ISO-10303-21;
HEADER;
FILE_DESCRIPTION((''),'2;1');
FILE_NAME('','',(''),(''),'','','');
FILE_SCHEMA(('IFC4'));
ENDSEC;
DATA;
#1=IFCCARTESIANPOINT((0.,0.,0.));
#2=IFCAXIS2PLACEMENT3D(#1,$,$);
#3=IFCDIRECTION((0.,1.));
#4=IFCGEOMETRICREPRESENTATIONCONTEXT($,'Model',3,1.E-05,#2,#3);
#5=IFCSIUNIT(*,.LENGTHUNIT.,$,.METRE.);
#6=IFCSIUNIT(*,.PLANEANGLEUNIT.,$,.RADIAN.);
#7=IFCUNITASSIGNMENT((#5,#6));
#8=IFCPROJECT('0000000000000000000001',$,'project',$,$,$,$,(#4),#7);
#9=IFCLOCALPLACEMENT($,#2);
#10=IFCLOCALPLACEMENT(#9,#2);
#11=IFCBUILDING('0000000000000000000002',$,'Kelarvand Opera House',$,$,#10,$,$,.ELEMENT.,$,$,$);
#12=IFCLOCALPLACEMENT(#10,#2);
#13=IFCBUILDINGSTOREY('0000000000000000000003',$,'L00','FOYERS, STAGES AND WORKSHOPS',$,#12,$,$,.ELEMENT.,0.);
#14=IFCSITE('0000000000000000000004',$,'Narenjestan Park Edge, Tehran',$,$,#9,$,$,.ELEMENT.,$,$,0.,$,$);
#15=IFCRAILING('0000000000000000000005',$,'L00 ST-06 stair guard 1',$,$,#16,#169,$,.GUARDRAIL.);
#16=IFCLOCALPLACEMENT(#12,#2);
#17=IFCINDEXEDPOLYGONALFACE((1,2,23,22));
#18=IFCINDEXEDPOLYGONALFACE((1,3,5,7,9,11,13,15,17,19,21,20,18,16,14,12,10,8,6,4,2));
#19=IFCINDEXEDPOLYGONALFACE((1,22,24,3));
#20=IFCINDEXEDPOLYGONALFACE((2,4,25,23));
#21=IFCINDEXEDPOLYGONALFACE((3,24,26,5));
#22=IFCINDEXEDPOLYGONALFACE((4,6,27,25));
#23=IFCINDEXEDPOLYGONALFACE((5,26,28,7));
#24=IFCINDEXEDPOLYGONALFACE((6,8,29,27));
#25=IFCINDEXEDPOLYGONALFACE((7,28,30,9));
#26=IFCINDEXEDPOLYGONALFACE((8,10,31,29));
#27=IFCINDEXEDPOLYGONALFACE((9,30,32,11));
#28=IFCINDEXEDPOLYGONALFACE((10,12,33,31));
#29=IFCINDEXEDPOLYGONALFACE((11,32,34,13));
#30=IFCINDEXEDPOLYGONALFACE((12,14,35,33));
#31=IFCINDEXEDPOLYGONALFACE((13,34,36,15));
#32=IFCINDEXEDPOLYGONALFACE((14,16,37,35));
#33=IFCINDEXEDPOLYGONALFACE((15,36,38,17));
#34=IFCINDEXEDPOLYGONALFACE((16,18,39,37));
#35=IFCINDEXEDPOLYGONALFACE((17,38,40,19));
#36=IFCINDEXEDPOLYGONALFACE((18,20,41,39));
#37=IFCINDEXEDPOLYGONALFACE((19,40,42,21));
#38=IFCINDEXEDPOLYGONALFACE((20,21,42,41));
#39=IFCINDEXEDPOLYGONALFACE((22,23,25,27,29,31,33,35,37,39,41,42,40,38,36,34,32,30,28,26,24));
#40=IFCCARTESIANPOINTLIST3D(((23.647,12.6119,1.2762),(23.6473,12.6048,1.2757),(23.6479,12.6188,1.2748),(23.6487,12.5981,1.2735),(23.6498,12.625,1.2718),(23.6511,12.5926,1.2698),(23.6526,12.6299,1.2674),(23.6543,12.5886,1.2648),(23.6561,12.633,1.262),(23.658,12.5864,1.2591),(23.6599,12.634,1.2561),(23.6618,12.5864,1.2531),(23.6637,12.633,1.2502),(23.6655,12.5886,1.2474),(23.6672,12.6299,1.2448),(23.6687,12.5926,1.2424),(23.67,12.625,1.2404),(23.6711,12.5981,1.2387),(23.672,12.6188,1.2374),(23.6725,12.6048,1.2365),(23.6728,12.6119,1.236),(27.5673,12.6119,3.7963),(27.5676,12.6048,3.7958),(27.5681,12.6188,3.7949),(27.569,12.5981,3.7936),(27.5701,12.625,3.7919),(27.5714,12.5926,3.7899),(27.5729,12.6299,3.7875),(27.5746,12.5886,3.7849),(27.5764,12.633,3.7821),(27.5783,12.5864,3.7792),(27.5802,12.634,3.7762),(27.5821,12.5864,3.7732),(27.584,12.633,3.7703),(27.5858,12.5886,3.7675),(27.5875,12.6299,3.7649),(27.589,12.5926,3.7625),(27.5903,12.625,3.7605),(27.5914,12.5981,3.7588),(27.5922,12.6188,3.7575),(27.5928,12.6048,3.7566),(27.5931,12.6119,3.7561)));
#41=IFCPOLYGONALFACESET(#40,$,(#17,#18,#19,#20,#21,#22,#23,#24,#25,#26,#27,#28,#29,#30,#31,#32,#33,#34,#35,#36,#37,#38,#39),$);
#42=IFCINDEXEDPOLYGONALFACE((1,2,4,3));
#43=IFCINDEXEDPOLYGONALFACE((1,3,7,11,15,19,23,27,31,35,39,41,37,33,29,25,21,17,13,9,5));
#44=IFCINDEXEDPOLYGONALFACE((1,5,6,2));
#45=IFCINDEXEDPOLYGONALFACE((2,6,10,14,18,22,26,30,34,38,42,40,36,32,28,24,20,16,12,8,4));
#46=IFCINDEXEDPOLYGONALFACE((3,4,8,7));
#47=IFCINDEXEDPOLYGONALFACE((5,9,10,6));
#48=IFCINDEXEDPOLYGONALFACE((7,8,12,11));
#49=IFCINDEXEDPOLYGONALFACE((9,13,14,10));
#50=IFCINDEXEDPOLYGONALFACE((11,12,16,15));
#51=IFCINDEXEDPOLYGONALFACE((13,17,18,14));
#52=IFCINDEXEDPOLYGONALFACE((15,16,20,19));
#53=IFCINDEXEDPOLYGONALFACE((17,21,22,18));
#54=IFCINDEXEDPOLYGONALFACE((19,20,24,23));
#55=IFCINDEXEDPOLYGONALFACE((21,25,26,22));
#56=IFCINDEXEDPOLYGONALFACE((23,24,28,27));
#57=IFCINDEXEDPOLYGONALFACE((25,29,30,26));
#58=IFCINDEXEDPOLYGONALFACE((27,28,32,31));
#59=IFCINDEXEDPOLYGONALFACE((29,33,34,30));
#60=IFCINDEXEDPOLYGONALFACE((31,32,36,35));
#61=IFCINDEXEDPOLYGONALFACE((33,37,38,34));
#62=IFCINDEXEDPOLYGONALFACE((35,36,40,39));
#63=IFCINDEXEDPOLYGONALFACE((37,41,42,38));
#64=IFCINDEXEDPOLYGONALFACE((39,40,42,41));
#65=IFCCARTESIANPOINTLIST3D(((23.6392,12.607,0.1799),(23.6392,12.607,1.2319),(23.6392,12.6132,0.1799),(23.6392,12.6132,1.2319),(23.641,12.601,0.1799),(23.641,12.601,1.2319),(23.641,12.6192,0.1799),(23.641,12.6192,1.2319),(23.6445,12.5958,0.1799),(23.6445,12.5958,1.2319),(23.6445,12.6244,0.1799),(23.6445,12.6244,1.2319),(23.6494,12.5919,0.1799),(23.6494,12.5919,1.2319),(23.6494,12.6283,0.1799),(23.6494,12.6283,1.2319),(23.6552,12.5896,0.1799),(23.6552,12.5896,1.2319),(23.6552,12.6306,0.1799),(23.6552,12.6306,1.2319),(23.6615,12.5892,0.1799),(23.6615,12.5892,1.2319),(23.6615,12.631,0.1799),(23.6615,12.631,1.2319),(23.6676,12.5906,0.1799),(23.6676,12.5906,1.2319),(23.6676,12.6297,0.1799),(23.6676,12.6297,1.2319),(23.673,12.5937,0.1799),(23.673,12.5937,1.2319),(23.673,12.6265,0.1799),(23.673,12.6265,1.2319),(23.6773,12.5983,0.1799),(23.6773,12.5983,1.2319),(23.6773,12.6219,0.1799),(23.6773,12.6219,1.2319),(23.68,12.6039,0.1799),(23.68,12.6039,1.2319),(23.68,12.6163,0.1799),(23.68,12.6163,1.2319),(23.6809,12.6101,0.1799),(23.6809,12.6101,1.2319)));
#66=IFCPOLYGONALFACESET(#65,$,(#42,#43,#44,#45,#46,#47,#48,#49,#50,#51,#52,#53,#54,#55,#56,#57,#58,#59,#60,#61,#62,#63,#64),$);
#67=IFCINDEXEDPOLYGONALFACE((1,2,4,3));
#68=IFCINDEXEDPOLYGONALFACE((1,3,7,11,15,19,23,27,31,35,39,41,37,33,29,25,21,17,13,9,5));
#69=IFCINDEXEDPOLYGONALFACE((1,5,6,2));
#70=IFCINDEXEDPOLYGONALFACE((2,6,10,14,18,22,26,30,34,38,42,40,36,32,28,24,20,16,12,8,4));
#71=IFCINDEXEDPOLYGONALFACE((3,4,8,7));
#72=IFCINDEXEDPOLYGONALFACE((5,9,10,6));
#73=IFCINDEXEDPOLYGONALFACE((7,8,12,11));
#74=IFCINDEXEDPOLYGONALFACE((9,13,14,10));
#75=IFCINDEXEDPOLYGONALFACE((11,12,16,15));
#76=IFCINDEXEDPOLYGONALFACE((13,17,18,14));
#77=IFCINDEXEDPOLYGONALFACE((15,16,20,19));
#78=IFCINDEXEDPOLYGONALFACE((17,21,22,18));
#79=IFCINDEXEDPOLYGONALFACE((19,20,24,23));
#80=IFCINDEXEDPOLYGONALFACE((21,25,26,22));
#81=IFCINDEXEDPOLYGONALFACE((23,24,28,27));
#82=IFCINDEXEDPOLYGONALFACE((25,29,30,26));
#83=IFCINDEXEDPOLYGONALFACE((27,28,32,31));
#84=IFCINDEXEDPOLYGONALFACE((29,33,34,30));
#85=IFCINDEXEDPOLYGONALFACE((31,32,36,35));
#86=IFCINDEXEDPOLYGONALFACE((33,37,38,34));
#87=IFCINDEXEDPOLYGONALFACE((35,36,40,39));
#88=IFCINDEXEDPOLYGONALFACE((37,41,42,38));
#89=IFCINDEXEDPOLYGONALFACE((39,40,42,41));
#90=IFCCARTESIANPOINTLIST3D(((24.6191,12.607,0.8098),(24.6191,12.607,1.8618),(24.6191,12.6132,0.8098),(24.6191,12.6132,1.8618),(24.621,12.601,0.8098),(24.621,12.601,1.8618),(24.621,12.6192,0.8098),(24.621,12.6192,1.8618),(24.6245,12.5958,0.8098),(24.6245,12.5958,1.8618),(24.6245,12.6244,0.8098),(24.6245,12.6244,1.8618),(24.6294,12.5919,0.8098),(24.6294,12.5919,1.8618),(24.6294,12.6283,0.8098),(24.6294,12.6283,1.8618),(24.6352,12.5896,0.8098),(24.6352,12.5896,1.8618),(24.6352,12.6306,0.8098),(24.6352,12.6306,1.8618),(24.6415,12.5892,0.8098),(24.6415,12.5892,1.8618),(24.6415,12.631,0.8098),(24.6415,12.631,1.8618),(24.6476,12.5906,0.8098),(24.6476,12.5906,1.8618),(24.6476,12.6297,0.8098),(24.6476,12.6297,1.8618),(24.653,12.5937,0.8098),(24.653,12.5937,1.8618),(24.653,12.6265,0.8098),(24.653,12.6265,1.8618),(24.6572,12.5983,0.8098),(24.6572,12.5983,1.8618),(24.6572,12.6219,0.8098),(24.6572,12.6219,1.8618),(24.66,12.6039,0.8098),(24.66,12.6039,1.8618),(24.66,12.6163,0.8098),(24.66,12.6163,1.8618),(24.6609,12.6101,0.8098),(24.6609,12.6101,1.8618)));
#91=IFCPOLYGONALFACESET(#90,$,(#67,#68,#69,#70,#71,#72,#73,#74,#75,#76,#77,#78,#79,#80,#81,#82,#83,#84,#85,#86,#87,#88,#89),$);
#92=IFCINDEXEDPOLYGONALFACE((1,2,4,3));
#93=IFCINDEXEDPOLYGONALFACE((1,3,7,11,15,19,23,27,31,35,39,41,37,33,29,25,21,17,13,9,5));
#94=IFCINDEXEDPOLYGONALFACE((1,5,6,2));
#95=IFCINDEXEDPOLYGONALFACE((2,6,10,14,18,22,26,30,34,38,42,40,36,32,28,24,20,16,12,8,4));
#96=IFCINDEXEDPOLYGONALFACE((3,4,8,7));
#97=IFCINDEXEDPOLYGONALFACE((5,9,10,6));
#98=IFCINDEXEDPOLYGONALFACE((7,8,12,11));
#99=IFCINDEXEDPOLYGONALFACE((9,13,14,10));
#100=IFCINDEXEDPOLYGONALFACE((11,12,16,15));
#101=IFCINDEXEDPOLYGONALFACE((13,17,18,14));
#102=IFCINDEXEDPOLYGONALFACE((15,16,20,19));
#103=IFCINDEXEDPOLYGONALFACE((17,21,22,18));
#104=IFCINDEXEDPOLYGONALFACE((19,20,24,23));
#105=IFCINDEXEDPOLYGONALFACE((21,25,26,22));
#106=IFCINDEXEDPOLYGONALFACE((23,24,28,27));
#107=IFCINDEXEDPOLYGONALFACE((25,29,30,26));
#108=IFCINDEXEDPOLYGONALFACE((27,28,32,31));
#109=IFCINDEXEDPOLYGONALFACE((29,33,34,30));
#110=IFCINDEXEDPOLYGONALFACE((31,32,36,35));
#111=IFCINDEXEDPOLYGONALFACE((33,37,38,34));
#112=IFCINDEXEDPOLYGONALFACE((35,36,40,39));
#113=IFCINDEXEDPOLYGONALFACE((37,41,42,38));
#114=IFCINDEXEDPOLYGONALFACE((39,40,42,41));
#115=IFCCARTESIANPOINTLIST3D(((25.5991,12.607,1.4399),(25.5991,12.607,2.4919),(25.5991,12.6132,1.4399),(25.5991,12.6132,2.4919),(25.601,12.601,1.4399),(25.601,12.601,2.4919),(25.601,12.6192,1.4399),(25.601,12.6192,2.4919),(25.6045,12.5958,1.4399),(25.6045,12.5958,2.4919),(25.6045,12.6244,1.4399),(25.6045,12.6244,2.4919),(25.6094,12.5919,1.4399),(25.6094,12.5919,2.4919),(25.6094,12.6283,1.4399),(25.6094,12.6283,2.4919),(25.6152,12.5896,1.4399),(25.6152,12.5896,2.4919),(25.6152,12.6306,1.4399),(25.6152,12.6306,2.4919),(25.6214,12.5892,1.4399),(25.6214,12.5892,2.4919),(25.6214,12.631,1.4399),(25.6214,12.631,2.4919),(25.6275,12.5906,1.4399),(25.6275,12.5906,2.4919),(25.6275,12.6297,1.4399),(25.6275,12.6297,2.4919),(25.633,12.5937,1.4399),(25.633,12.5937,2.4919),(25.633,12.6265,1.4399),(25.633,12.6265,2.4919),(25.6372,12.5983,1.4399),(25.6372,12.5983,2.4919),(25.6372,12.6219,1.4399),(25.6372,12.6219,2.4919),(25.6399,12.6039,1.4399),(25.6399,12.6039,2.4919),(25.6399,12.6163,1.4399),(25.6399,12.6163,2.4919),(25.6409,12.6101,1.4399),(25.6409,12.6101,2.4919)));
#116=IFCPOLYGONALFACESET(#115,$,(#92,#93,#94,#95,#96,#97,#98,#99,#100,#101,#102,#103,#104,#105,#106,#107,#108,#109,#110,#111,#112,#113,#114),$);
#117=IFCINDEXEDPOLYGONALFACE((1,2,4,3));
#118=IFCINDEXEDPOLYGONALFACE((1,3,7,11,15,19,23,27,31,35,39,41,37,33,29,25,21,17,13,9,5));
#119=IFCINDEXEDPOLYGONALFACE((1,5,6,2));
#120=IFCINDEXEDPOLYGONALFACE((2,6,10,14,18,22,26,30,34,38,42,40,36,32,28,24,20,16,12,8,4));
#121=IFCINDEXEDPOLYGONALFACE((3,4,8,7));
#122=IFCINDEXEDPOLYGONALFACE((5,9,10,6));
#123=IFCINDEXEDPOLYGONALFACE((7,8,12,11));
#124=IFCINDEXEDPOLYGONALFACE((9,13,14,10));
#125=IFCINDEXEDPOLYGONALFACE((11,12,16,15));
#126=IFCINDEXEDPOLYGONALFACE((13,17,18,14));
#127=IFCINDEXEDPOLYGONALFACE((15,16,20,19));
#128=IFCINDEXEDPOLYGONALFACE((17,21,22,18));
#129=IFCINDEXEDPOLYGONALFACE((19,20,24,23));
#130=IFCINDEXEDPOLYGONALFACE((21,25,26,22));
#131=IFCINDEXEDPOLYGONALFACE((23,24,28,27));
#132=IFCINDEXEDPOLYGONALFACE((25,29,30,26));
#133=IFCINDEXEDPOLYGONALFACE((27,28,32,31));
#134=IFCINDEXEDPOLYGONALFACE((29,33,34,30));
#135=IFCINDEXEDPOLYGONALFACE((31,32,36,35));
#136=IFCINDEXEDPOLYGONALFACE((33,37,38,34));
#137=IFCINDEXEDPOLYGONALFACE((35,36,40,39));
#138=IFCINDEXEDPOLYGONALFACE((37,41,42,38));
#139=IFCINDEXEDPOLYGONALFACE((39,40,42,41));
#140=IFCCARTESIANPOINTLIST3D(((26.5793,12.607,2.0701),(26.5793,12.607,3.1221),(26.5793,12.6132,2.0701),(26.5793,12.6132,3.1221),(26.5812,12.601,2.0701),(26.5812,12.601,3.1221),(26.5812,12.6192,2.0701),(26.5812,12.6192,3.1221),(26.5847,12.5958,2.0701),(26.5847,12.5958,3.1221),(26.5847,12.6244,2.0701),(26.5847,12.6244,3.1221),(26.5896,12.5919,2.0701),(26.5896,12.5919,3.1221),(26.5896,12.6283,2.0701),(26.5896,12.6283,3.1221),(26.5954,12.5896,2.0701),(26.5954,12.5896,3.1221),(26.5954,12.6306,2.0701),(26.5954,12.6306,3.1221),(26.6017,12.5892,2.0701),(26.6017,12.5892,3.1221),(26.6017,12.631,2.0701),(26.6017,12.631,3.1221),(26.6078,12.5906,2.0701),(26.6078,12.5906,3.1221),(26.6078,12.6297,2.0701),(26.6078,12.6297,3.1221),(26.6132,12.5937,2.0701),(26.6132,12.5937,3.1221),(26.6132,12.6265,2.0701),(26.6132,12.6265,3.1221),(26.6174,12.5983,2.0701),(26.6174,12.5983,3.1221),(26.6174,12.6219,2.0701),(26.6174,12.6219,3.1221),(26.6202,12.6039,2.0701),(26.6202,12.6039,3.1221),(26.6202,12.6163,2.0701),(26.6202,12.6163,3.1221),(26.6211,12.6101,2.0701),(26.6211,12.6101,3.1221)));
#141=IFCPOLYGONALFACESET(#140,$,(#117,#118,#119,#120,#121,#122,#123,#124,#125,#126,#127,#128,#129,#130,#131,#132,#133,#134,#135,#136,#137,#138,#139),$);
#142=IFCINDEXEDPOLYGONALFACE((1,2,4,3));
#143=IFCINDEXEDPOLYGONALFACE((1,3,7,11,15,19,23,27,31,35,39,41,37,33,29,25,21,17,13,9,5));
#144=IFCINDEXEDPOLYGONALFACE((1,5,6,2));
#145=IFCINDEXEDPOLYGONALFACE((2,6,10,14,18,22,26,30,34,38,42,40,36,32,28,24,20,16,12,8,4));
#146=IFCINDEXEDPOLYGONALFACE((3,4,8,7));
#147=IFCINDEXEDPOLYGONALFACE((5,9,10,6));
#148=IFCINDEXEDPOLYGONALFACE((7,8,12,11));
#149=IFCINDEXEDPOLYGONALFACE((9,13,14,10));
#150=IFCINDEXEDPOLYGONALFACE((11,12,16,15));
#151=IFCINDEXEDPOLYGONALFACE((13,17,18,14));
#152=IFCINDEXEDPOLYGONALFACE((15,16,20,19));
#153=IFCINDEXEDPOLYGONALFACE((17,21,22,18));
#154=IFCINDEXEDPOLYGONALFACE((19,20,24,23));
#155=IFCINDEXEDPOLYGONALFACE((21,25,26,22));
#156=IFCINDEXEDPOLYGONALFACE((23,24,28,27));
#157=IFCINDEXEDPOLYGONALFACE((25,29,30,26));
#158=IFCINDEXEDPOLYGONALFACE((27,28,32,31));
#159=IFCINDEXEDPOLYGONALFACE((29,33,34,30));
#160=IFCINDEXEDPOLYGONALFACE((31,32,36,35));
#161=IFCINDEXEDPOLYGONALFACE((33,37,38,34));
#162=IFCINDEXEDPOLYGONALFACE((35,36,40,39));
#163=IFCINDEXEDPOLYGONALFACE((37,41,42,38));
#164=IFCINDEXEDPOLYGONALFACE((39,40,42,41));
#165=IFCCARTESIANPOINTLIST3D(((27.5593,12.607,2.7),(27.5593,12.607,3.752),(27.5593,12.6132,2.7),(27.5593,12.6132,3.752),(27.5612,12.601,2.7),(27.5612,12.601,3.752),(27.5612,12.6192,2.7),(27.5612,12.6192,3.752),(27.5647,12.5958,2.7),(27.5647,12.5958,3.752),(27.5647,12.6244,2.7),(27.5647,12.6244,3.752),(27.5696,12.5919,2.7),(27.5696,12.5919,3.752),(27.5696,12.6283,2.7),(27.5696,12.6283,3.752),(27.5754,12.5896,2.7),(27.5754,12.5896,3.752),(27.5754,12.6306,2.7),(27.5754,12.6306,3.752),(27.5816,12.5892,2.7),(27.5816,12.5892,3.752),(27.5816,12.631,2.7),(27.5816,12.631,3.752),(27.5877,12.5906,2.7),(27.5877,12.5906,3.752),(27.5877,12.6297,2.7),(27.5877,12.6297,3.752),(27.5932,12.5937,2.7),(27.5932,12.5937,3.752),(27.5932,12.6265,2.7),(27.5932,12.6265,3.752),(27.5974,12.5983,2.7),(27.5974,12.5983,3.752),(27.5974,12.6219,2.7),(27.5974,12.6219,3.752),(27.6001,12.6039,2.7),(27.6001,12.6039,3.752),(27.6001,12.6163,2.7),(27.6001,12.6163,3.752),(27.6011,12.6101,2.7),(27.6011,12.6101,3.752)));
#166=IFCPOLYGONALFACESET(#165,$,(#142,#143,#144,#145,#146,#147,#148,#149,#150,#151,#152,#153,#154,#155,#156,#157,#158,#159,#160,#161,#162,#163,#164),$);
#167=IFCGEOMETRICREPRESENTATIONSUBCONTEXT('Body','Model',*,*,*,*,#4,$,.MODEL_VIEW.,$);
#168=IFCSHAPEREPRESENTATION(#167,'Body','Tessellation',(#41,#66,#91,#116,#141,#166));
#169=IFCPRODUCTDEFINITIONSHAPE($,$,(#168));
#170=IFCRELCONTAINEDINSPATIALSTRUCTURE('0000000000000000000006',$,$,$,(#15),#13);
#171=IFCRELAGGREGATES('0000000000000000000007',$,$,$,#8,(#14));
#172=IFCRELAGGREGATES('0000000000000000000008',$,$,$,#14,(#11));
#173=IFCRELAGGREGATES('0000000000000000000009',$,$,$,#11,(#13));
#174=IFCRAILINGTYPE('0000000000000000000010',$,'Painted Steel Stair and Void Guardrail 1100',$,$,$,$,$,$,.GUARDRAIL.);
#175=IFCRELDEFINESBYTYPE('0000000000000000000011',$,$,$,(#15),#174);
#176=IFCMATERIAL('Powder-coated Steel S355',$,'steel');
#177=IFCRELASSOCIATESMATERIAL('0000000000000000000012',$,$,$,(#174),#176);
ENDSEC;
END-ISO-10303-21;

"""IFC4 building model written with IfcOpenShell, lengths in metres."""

from ifc_helpers import new_model, si_unit, direction, frame, origin, origin_2d, place, context, subcontext, project, spatial, circle, extrude, material, type_object, element, save


model = new_model("IFC4")

# Units and contexts
model_context = context("Model", 3, precision=1e-05, world=origin(), true_north=direction((0.0, 1.0)))
body_context = subcontext(model_context, "Body", "Model", "MODEL_VIEW")
ifc_project = project(units=[si_unit("LENGTHUNIT", "METRE"), si_unit("PLANEANGLEUNIT", "RADIAN")], contexts=[model_context])

# Site, building, storey
site_placement = place(None, origin())
site = spatial("IfcSite", under=ifc_project, at=site_placement, Name="Narenjestan Park Edge, Tehran", CompositionType="ELEMENT", RefElevation=0.0)
building_placement = place(site_placement, origin())
building = spatial("IfcBuilding", under=site, at=building_placement, Name="Kelarvand Opera House", CompositionType="ELEMENT")
storey_placement = place(building_placement, origin())
storey = spatial("IfcBuildingStorey", under=building, at=storey_placement, Name="L00", Description="FOYERS, STAGES AND WORKSHOPS", CompositionType="ELEMENT", Elevation=0.0)

# Railing
ifc_material_1 = material(Name="Powder-coated Steel S355", Category="steel")
railing_type_1 = type_object("IfcRailingType", Name="Painted Steel Stair and Void Guardrail 1100", PredefinedType="GUARDRAIL", material=ifc_material_1)
railing_1_placement = place(storey_placement, frame((23.6599, 12.6101, 0.1799)))
element("IfcRailing", 1, at=railing_1_placement, inside=storey, type_object=railing_type_1, Name="L00 ST-06 stair guard 1", PredefinedType="GUARDRAIL", context=body_context, shape_type="SweptSolid", body=[
    extrude(circle(Radius=0.0239, at=origin_2d()), frame((0.0, 0.0, 1.0762), z_axis=(0.841187, 0.0, 0.540744), x_axis=(0.0, 1.0, 0.0)), (0.0, 0.0, 1.0), 4.6604),
    extrude(circle(Radius=0.021, at=origin_2d()), origin(), (0.0, 0.0, 1.0), 1.052),
    extrude(circle(Radius=0.021, at=origin_2d()), frame((0.98, 0.0, 0.6299)), (0.0, 0.0, 1.0), 1.052),
    extrude(circle(Radius=0.021, at=origin_2d()), frame((1.96, 0.0, 1.26)), (0.0, 0.0, 1.0), 1.052),
    extrude(circle(Radius=0.021, at=origin_2d()), frame((2.9402, 0.0, 1.8901)), (0.0, 0.0, 1.0), 1.052),
    extrude(circle(Radius=0.021, at=origin_2d()), frame((3.9202, 0.0, 2.52)), (0.0, 0.0, 1.0), 1.052),
])

save(model, "model.ifc")
